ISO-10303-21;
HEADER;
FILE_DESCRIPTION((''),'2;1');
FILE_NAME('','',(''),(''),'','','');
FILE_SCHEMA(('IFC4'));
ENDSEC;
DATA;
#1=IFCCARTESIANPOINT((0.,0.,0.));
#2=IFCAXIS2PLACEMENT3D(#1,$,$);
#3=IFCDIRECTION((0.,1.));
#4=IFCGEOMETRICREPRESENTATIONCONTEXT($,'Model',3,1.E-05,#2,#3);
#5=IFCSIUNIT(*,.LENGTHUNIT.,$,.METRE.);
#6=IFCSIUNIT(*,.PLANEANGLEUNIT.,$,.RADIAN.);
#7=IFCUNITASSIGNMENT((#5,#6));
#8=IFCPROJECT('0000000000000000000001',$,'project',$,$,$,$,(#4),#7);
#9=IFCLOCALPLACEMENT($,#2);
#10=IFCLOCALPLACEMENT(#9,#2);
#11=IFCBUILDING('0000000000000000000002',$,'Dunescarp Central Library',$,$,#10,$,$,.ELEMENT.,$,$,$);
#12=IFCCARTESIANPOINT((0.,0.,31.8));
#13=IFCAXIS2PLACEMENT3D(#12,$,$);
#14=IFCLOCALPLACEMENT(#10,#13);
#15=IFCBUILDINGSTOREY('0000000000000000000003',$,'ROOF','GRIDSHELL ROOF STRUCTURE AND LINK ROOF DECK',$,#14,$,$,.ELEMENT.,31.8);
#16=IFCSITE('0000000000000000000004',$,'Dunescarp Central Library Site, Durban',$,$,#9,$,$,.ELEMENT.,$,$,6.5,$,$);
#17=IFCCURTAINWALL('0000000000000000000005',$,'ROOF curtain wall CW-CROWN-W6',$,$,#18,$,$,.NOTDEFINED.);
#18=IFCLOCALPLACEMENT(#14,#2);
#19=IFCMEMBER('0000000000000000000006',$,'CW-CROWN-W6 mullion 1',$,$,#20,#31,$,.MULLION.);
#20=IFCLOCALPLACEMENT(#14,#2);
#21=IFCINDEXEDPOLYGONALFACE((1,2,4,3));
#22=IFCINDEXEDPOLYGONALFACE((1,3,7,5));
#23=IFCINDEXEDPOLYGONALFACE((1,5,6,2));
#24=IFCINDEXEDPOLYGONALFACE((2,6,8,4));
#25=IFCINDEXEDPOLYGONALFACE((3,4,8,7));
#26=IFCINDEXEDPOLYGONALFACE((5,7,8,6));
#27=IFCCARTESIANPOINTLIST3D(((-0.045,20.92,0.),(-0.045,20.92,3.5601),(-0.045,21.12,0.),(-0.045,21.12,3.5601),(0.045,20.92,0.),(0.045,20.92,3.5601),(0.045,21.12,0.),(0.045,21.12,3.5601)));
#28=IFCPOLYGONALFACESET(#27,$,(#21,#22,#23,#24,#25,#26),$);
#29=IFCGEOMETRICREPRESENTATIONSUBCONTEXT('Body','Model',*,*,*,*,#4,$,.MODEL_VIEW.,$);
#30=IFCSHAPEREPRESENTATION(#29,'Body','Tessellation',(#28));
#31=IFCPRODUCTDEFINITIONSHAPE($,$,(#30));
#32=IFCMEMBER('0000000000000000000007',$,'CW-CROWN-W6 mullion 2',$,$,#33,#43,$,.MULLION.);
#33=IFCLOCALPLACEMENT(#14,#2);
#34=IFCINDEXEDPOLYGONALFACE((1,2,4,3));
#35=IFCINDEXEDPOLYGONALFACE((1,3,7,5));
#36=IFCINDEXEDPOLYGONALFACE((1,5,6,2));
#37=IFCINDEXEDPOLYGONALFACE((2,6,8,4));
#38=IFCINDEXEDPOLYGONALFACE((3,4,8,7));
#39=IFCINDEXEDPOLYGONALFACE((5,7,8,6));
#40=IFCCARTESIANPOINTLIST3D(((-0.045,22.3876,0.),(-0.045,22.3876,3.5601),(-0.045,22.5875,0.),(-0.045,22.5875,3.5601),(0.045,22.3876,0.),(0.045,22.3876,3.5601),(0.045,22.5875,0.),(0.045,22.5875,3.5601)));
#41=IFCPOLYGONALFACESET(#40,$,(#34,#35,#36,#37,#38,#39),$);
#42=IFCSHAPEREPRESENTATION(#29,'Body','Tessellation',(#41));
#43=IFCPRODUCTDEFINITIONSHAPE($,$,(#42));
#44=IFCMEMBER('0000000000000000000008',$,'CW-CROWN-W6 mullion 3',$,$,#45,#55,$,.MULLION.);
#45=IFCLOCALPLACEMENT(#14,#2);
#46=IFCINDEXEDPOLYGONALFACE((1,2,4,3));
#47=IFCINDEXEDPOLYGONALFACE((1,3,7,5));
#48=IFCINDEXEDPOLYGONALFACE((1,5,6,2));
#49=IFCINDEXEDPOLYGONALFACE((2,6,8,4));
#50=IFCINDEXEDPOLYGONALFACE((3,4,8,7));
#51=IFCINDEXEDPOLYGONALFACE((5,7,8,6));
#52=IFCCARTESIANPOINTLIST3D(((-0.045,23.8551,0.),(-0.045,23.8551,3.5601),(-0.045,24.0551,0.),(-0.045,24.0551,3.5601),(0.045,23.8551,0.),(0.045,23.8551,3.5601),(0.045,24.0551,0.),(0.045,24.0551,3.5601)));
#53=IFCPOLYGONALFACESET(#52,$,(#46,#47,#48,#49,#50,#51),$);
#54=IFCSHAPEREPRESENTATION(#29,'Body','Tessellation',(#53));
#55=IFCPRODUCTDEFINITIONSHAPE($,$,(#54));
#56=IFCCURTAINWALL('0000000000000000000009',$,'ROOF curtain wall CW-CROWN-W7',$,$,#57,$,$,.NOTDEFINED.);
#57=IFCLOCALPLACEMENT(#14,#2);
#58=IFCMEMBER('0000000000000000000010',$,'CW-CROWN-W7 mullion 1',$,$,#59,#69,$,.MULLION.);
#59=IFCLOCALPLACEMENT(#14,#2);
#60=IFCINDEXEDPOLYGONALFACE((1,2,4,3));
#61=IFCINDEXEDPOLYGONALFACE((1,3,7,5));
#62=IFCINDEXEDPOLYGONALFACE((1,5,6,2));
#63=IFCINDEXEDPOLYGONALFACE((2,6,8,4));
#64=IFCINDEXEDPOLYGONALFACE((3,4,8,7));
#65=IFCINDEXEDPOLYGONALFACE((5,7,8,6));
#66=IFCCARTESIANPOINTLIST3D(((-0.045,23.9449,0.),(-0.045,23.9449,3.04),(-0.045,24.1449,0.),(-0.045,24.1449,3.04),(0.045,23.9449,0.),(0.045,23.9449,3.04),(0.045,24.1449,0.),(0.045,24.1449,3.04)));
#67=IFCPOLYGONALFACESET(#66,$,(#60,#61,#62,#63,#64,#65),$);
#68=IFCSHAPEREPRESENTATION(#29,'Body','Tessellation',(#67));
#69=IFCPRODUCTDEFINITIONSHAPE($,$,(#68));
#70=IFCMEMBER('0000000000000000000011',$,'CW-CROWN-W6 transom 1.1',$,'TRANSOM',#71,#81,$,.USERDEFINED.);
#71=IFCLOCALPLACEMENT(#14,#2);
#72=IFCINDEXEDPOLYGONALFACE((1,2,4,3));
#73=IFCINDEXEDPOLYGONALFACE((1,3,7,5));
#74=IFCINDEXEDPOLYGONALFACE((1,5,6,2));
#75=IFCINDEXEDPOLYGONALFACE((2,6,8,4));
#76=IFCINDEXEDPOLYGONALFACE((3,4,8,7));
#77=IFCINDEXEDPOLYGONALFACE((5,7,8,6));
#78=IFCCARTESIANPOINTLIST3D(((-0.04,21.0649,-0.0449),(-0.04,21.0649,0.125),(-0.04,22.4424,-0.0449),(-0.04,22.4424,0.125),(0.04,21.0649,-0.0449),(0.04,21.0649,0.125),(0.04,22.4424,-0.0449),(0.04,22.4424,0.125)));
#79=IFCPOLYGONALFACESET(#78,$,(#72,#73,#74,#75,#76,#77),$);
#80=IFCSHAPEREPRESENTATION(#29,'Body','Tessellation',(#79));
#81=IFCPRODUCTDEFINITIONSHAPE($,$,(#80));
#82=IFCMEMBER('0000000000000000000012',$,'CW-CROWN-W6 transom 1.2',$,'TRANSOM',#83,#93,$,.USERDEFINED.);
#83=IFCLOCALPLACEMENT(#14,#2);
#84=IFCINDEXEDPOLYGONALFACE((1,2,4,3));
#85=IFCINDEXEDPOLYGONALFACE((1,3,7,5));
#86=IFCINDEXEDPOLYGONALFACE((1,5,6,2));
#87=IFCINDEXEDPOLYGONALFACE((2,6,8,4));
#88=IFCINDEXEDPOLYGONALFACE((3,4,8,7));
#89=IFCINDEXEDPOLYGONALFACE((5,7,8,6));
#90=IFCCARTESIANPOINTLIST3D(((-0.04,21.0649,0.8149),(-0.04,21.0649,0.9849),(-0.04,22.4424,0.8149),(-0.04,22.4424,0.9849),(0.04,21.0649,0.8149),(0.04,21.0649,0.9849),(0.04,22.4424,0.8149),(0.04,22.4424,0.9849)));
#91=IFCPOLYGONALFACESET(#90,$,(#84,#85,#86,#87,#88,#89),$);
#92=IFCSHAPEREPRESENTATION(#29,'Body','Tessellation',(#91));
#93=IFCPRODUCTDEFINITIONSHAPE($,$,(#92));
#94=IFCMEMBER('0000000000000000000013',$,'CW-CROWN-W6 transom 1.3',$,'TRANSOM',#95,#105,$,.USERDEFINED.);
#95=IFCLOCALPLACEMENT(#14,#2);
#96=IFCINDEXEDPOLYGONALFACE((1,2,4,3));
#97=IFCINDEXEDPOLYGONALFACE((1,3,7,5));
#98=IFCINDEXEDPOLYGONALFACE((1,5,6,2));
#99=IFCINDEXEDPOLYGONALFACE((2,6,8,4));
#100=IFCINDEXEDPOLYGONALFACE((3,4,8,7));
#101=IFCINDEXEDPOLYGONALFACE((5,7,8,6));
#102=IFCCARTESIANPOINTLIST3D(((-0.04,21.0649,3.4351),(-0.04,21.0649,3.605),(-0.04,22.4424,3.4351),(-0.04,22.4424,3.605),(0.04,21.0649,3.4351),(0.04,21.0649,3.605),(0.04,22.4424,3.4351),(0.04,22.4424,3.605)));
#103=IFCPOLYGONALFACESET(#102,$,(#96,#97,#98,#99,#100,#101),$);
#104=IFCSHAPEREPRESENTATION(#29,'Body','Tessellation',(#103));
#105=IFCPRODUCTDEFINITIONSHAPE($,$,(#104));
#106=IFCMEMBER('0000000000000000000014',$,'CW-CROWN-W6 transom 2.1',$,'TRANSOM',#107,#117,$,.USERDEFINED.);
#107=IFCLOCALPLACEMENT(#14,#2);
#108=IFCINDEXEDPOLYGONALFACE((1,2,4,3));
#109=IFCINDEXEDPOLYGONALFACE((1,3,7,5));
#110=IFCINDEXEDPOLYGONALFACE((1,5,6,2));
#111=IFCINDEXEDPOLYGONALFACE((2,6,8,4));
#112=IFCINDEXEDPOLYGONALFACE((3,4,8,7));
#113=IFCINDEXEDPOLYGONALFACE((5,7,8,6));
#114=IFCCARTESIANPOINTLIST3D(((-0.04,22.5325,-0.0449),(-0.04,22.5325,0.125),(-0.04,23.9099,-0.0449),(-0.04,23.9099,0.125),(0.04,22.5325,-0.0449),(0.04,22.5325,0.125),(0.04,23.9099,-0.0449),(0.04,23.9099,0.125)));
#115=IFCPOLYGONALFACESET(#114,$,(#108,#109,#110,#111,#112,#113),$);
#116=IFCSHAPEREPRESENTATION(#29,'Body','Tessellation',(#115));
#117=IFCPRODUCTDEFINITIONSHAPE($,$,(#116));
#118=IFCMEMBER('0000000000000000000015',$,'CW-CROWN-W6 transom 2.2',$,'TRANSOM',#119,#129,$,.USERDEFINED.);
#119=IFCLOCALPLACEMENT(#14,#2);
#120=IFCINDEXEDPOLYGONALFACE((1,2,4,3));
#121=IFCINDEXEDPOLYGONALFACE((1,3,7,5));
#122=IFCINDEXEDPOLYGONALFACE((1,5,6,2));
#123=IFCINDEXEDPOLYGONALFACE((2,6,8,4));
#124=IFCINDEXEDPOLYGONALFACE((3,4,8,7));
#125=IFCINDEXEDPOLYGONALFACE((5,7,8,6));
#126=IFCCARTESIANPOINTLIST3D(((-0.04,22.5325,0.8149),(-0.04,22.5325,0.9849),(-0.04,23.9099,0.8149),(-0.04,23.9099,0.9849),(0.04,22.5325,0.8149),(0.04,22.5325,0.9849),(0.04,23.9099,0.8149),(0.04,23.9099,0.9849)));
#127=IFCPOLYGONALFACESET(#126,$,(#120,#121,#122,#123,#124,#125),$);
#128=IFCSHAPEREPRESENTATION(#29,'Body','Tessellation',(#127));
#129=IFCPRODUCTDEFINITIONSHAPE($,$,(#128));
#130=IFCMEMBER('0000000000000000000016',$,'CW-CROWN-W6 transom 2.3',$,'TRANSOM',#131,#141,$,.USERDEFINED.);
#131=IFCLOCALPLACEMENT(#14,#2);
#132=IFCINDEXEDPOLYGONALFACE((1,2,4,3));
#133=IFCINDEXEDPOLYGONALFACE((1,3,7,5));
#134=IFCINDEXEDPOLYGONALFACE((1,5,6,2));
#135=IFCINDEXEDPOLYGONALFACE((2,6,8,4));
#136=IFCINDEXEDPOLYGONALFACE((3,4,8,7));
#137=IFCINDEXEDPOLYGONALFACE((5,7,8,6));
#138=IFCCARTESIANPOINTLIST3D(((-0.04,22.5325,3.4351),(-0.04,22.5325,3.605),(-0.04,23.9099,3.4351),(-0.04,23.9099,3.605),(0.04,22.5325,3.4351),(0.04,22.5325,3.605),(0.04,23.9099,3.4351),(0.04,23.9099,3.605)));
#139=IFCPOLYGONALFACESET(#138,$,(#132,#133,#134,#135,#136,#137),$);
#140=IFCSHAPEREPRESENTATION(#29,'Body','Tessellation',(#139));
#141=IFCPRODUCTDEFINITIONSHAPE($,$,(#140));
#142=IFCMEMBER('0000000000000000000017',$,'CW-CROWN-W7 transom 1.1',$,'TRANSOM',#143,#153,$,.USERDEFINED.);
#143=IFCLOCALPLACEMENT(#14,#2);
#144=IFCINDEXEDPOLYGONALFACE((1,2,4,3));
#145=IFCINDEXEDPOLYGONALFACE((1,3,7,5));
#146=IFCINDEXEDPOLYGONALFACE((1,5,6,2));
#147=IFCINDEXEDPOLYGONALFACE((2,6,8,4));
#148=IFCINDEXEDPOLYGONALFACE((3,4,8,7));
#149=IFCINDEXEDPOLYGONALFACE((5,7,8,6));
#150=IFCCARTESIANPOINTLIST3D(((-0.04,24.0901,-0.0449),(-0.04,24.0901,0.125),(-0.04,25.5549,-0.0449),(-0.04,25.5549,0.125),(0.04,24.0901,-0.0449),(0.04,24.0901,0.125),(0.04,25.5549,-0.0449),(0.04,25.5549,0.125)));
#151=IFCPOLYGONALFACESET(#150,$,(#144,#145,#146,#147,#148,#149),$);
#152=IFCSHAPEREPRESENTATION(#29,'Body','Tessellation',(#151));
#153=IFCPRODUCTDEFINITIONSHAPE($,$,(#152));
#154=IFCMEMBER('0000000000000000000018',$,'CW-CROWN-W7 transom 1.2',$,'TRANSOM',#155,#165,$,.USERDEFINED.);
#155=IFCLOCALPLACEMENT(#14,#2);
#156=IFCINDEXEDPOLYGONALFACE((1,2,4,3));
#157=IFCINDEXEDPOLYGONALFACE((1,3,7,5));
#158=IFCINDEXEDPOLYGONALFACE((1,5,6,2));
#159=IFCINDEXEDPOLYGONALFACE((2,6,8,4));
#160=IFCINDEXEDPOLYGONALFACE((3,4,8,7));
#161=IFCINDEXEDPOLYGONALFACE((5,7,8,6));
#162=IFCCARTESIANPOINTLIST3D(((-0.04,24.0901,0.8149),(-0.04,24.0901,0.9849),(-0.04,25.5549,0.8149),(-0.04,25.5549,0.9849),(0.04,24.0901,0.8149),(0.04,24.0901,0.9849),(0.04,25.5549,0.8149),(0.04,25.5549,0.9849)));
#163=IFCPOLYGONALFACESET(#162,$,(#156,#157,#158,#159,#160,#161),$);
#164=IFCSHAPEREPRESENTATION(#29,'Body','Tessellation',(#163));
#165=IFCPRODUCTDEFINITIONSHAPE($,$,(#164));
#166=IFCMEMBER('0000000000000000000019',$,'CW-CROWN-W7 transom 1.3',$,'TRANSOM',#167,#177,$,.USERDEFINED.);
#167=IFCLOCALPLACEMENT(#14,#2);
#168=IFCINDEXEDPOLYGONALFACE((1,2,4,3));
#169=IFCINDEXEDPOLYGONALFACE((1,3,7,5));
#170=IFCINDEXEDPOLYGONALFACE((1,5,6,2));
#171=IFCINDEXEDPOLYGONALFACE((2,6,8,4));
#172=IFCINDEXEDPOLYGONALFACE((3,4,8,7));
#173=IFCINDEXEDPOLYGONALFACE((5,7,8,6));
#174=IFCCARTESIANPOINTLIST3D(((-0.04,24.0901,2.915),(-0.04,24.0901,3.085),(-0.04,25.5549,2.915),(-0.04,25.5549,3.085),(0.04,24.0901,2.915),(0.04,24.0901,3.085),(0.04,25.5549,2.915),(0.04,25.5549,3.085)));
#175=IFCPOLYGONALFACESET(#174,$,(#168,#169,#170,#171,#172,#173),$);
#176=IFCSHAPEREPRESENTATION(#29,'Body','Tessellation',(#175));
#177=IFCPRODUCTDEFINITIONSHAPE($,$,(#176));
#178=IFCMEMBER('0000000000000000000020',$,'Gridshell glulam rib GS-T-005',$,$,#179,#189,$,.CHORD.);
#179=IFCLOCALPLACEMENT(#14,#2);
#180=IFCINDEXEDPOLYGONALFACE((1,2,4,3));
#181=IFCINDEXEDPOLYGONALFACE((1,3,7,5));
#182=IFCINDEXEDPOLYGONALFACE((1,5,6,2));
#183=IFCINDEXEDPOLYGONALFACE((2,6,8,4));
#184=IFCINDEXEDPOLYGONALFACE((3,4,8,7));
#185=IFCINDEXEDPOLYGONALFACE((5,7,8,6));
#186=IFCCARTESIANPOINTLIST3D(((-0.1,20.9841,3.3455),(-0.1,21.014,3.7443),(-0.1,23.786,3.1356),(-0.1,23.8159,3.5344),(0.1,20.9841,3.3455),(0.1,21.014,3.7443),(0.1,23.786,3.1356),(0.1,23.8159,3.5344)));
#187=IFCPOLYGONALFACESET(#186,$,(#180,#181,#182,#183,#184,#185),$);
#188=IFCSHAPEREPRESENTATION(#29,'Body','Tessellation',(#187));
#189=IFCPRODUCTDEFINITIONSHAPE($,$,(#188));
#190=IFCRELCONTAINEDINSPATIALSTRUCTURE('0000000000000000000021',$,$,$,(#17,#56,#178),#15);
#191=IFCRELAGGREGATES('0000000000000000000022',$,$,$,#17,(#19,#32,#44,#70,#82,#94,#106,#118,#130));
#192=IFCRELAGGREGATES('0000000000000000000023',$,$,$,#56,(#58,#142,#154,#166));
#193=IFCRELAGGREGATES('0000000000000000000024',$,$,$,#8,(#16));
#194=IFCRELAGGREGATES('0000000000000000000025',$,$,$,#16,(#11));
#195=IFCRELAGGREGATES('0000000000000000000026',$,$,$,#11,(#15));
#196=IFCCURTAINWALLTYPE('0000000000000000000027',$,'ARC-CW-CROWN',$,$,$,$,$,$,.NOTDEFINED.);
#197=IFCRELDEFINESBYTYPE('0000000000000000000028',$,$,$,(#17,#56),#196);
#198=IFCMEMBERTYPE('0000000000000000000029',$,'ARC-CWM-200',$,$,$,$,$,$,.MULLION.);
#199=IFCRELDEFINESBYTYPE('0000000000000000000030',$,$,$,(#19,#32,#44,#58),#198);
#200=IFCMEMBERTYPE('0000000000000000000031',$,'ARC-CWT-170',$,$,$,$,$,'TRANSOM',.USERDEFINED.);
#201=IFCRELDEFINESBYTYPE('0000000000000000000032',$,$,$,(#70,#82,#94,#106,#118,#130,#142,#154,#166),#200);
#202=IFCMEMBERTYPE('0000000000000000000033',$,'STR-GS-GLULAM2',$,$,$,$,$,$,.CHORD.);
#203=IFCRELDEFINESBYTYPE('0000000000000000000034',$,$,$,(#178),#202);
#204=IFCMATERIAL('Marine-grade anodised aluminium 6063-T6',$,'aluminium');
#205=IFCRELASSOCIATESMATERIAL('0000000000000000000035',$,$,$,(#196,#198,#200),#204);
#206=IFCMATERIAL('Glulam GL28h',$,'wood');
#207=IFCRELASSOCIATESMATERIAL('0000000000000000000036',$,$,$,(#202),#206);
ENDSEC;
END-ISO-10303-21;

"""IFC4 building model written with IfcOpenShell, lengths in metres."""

from ifc_helpers import new_model, si_unit, direction, frame, origin, origin_2d, place, context, subcontext, project, spatial, rectangle, extrude, material, material_profile, profile_set, type_object, element, aggregate, save


model = new_model("IFC4")

# Units and contexts
model_context = context("Model", 3, precision=1e-05, world=origin(), true_north=direction((0.0, 1.0)))
body_context = subcontext(model_context, "Body", "Model", "MODEL_VIEW")
ifc_project = project(units=[si_unit("LENGTHUNIT", "METRE"), si_unit("PLANEANGLEUNIT", "RADIAN")], contexts=[model_context])

# Site, building, storey
site_placement = place(None, origin())
site = spatial("IfcSite", under=ifc_project, at=site_placement, Name="Dunescarp Central Library Site, Durban", CompositionType="ELEMENT", RefElevation=6.5)
building_placement = place(site_placement, origin())
building = spatial("IfcBuilding", under=site, at=building_placement, Name="Dunescarp Central Library", CompositionType="ELEMENT")
storey_placement = place(building_placement, frame((0.0, 0.0, 31.8)))
storey = spatial("IfcBuildingStorey", under=building, at=storey_placement, Name="ROOF", Description="GRIDSHELL ROOF STRUCTURE AND LINK ROOF DECK", CompositionType="ELEMENT", Elevation=31.8)

# Curtain wall, members
ifc_material_1 = material(Name="Marine-grade anodised aluminium 6063-T6", Category="aluminium")
curtain_wall_type = type_object("IfcCurtainWallType", Name="ARC-CW-CROWN", PredefinedType="NOTDEFINED", material=ifc_material_1)
curtain_wall_1_placement = place(storey_placement, origin())
curtain_wall_1 = element("IfcCurtainWall", 1, at=curtain_wall_1_placement, inside=storey, type_object=curtain_wall_type, Name="ROOF curtain wall CW-CROWN-W6", PredefinedType="NOTDEFINED")
ifc_material_profile_1 = material_profile(ifc_material_1, rectangle(XDim=0.0901, YDim=0.2, at=origin_2d()), Name="AL 90x200")
ifc_profile_set_1 = profile_set([ifc_material_profile_1], Name="Marine-grade anodised aluminium 6063-T6")
member_type_1 = type_object("IfcMemberType", Name="ARC-CWM-200", PredefinedType="MULLION", material=ifc_profile_set_1)
member_1_placement = place(storey_placement, frame((0.0, 21.02, 0.0), z_axis=(0.0, 0.0, 1.0), x_axis=(-1.0, 0.0, 0.0)))
member_1 = element("IfcMember", 2, at=member_1_placement, type_object=member_type_1, Name="CW-CROWN-W6 mullion 1", PredefinedType="MULLION", context=body_context, shape_type="SweptSolid", body=[
    extrude(rectangle(XDim=0.0901, YDim=0.2, at=origin_2d()), origin(), (0.0, 0.0, 1.0), 3.5601),
])
member_2_placement = place(storey_placement, frame((0.0, 22.4875, 0.0), z_axis=(0.0, 0.0, 1.0), x_axis=(-1.0, 0.0, 0.0)))
member_2 = element("IfcMember", 3, at=member_2_placement, type_object=member_type_1, Name="CW-CROWN-W6 mullion 2", PredefinedType="MULLION", context=body_context, shape_type="SweptSolid", body=[
    extrude(rectangle(XDim=0.0901, YDim=0.2, at=origin_2d()), origin(), (0.0, 0.0, 1.0), 3.5601),
])
member_3_placement = place(storey_placement, frame((0.0, 23.9551, 0.0), z_axis=(0.0, 0.0, 1.0), x_axis=(-1.0, 0.0, 0.0)))
member_3 = element("IfcMember", 4, at=member_3_placement, type_object=member_type_1, Name="CW-CROWN-W6 mullion 3", PredefinedType="MULLION", context=body_context, shape_type="SweptSolid", body=[
    extrude(rectangle(XDim=0.0901, YDim=0.2, at=origin_2d()), origin(), (0.0, 0.0, 1.0), 3.5601),
])

# Curtain wall, member
curtain_wall_2_placement = place(storey_placement, origin())
curtain_wall_2 = element("IfcCurtainWall", 5, at=curtain_wall_2_placement, inside=storey, type_object=curtain_wall_type, Name="ROOF curtain wall CW-CROWN-W7", PredefinedType="NOTDEFINED")
member_4_placement = place(storey_placement, frame((0.0, 24.0449, 0.0), z_axis=(0.0, 0.0, 1.0), x_axis=(-1.0, 0.0, 0.0)))
member_4 = element("IfcMember", 6, at=member_4_placement, type_object=member_type_1, Name="CW-CROWN-W7 mullion 1", PredefinedType="MULLION", context=body_context, shape_type="SweptSolid", body=[
    extrude(rectangle(XDim=0.0901, YDim=0.2, at=origin_2d()), origin(), (0.0, 0.0, 1.0), 3.04),
])

# Members
ifc_material_profile_2 = material_profile(ifc_material_1, rectangle(XDim=0.0801, YDim=0.1699, at=origin_2d()), Name="AL 80x170")
ifc_profile_set_2 = profile_set([ifc_material_profile_2], Name="Marine-grade anodised aluminium 6063-T6")
member_type_2 = type_object("IfcMemberType", Name="ARC-CWT-170", ElementType="TRANSOM", PredefinedType="USERDEFINED", material=ifc_profile_set_2)
member_5_placement = place(storey_placement, frame((0.0, 21.0649, 0.04), z_axis=(0.0, 1.0, 0.0), x_axis=(-1.0, 0.0, 0.0)))
member_5 = element("IfcMember", 7, at=member_5_placement, type_object=member_type_2, Name="CW-CROWN-W6 transom 1.1", ObjectType="TRANSOM", PredefinedType="USERDEFINED", context=body_context, shape_type="SweptSolid", body=[
    extrude(rectangle(XDim=0.0801, YDim=0.1699, at=origin_2d()), origin(), (0.0, 0.0, 1.0), 1.3774),
])
member_6_placement = place(storey_placement, frame((0.0, 21.0649, 0.8999), z_axis=(0.0, 1.0, 0.0), x_axis=(-1.0, 0.0, 0.0)))
member_6 = element("IfcMember", 8, at=member_6_placement, type_object=member_type_2, Name="CW-CROWN-W6 transom 1.2", ObjectType="TRANSOM", PredefinedType="USERDEFINED", context=body_context, shape_type="SweptSolid", body=[
    extrude(rectangle(XDim=0.0801, YDim=0.1699, at=origin_2d()), origin(), (0.0, 0.0, 1.0), 1.3774),
])
member_7_placement = place(storey_placement, frame((0.0, 21.0649, 3.52), z_axis=(0.0, 1.0, 0.0), x_axis=(-1.0, 0.0, 0.0)))
member_7 = element("IfcMember", 9, at=member_7_placement, type_object=member_type_2, Name="CW-CROWN-W6 transom 1.3", ObjectType="TRANSOM", PredefinedType="USERDEFINED", context=body_context, shape_type="SweptSolid", body=[
    extrude(rectangle(XDim=0.0801, YDim=0.1699, at=origin_2d()), origin(), (0.0, 0.0, 1.0), 1.3774),
])
member_8_placement = place(storey_placement, frame((0.0, 22.5325, 0.04), z_axis=(0.0, 1.0, 0.0), x_axis=(-1.0, 0.0, 0.0)))
member_8 = element("IfcMember", 10, at=member_8_placement, type_object=member_type_2, Name="CW-CROWN-W6 transom 2.1", ObjectType="TRANSOM", PredefinedType="USERDEFINED", context=body_context, shape_type="SweptSolid", body=[
    extrude(rectangle(XDim=0.0801, YDim=0.1699, at=origin_2d()), origin(), (0.0, 0.0, 1.0), 1.3774),
])
member_9_placement = place(storey_placement, frame((0.0, 22.5325, 0.8999), z_axis=(0.0, 1.0, 0.0), x_axis=(-1.0, 0.0, 0.0)))
member_9 = element("IfcMember", 11, at=member_9_placement, type_object=member_type_2, Name="CW-CROWN-W6 transom 2.2", ObjectType="TRANSOM", PredefinedType="USERDEFINED", context=body_context, shape_type="SweptSolid", body=[
    extrude(rectangle(XDim=0.0801, YDim=0.1699, at=origin_2d()), origin(), (0.0, 0.0, 1.0), 1.3774),
])
member_10_placement = place(storey_placement, frame((0.0, 22.5325, 3.52), z_axis=(0.0, 1.0, 0.0), x_axis=(-1.0, 0.0, 0.0)))
member_10 = element("IfcMember", 12, at=member_10_placement, type_object=member_type_2, Name="CW-CROWN-W6 transom 2.3", ObjectType="TRANSOM", PredefinedType="USERDEFINED", context=body_context, shape_type="SweptSolid", body=[
    extrude(rectangle(XDim=0.0801, YDim=0.1699, at=origin_2d()), origin(), (0.0, 0.0, 1.0), 1.3774),
])
member_11_placement = place(storey_placement, frame((0.0, 24.0901, 0.04), z_axis=(0.0, 1.0, 0.0), x_axis=(-1.0, 0.0, 0.0)))
member_11 = element("IfcMember", 13, at=member_11_placement, type_object=member_type_2, Name="CW-CROWN-W7 transom 1.1", ObjectType="TRANSOM", PredefinedType="USERDEFINED", context=body_context, shape_type="SweptSolid", body=[
    extrude(rectangle(XDim=0.0801, YDim=0.1699, at=origin_2d()), origin(), (0.0, 0.0, 1.0), 1.4648),
])
member_12_placement = place(storey_placement, frame((0.0, 24.0901, 0.8999), z_axis=(0.0, 1.0, 0.0), x_axis=(-1.0, 0.0, 0.0)))
member_12 = element("IfcMember", 14, at=member_12_placement, type_object=member_type_2, Name="CW-CROWN-W7 transom 1.2", ObjectType="TRANSOM", PredefinedType="USERDEFINED", context=body_context, shape_type="SweptSolid", body=[
    extrude(rectangle(XDim=0.0801, YDim=0.1699, at=origin_2d()), origin(), (0.0, 0.0, 1.0), 1.4648),
])
member_13_placement = place(storey_placement, frame((0.0, 24.0901, 3.0), z_axis=(0.0, 1.0, 0.0), x_axis=(-1.0, 0.0, 0.0)))
member_13 = element("IfcMember", 15, at=member_13_placement, type_object=member_type_2, Name="CW-CROWN-W7 transom 1.3", ObjectType="TRANSOM", PredefinedType="USERDEFINED", context=body_context, shape_type="SweptSolid", body=[
    extrude(rectangle(XDim=0.0801, YDim=0.1699, at=origin_2d()), origin(), (0.0, 0.0, 1.0), 1.4648),
])

# Member
ifc_material_2 = material(Name="Glulam GL28h", Category="wood")
ifc_material_profile_3 = material_profile(ifc_material_2, rectangle(XDim=0.2, YDim=0.3999, at=origin_2d()), Name="GL28h 200x400")
ifc_profile_set_3 = profile_set([ifc_material_profile_3], Name="Glulam GL28h")
member_type_3 = type_object("IfcMemberType", Name="STR-GS-GLULAM2", PredefinedType="CHORD", material=ifc_profile_set_3)
member_14_placement = place(storey_placement, frame((0.0, 20.999, 3.5449), z_axis=(0.0, 0.997204, -0.074723), x_axis=(-1.0, 0.0, 0.0)))
element("IfcMember", 16, at=member_14_placement, inside=storey, type_object=member_type_3, Name="Gridshell glulam rib GS-T-005", PredefinedType="CHORD", context=body_context, shape_type="SweptSolid", body=[
    extrude(rectangle(XDim=0.2, YDim=0.3999, at=origin_2d()), origin(), (0.0, 0.0, 1.0), 2.8098),
])

aggregate(curtain_wall_1, [member_1, member_2, member_3, member_5, member_6, member_7, member_8, member_9, member_10])
aggregate(curtain_wall_2, [member_4, member_11, member_12, member_13])

save(model, "model.ifc")
